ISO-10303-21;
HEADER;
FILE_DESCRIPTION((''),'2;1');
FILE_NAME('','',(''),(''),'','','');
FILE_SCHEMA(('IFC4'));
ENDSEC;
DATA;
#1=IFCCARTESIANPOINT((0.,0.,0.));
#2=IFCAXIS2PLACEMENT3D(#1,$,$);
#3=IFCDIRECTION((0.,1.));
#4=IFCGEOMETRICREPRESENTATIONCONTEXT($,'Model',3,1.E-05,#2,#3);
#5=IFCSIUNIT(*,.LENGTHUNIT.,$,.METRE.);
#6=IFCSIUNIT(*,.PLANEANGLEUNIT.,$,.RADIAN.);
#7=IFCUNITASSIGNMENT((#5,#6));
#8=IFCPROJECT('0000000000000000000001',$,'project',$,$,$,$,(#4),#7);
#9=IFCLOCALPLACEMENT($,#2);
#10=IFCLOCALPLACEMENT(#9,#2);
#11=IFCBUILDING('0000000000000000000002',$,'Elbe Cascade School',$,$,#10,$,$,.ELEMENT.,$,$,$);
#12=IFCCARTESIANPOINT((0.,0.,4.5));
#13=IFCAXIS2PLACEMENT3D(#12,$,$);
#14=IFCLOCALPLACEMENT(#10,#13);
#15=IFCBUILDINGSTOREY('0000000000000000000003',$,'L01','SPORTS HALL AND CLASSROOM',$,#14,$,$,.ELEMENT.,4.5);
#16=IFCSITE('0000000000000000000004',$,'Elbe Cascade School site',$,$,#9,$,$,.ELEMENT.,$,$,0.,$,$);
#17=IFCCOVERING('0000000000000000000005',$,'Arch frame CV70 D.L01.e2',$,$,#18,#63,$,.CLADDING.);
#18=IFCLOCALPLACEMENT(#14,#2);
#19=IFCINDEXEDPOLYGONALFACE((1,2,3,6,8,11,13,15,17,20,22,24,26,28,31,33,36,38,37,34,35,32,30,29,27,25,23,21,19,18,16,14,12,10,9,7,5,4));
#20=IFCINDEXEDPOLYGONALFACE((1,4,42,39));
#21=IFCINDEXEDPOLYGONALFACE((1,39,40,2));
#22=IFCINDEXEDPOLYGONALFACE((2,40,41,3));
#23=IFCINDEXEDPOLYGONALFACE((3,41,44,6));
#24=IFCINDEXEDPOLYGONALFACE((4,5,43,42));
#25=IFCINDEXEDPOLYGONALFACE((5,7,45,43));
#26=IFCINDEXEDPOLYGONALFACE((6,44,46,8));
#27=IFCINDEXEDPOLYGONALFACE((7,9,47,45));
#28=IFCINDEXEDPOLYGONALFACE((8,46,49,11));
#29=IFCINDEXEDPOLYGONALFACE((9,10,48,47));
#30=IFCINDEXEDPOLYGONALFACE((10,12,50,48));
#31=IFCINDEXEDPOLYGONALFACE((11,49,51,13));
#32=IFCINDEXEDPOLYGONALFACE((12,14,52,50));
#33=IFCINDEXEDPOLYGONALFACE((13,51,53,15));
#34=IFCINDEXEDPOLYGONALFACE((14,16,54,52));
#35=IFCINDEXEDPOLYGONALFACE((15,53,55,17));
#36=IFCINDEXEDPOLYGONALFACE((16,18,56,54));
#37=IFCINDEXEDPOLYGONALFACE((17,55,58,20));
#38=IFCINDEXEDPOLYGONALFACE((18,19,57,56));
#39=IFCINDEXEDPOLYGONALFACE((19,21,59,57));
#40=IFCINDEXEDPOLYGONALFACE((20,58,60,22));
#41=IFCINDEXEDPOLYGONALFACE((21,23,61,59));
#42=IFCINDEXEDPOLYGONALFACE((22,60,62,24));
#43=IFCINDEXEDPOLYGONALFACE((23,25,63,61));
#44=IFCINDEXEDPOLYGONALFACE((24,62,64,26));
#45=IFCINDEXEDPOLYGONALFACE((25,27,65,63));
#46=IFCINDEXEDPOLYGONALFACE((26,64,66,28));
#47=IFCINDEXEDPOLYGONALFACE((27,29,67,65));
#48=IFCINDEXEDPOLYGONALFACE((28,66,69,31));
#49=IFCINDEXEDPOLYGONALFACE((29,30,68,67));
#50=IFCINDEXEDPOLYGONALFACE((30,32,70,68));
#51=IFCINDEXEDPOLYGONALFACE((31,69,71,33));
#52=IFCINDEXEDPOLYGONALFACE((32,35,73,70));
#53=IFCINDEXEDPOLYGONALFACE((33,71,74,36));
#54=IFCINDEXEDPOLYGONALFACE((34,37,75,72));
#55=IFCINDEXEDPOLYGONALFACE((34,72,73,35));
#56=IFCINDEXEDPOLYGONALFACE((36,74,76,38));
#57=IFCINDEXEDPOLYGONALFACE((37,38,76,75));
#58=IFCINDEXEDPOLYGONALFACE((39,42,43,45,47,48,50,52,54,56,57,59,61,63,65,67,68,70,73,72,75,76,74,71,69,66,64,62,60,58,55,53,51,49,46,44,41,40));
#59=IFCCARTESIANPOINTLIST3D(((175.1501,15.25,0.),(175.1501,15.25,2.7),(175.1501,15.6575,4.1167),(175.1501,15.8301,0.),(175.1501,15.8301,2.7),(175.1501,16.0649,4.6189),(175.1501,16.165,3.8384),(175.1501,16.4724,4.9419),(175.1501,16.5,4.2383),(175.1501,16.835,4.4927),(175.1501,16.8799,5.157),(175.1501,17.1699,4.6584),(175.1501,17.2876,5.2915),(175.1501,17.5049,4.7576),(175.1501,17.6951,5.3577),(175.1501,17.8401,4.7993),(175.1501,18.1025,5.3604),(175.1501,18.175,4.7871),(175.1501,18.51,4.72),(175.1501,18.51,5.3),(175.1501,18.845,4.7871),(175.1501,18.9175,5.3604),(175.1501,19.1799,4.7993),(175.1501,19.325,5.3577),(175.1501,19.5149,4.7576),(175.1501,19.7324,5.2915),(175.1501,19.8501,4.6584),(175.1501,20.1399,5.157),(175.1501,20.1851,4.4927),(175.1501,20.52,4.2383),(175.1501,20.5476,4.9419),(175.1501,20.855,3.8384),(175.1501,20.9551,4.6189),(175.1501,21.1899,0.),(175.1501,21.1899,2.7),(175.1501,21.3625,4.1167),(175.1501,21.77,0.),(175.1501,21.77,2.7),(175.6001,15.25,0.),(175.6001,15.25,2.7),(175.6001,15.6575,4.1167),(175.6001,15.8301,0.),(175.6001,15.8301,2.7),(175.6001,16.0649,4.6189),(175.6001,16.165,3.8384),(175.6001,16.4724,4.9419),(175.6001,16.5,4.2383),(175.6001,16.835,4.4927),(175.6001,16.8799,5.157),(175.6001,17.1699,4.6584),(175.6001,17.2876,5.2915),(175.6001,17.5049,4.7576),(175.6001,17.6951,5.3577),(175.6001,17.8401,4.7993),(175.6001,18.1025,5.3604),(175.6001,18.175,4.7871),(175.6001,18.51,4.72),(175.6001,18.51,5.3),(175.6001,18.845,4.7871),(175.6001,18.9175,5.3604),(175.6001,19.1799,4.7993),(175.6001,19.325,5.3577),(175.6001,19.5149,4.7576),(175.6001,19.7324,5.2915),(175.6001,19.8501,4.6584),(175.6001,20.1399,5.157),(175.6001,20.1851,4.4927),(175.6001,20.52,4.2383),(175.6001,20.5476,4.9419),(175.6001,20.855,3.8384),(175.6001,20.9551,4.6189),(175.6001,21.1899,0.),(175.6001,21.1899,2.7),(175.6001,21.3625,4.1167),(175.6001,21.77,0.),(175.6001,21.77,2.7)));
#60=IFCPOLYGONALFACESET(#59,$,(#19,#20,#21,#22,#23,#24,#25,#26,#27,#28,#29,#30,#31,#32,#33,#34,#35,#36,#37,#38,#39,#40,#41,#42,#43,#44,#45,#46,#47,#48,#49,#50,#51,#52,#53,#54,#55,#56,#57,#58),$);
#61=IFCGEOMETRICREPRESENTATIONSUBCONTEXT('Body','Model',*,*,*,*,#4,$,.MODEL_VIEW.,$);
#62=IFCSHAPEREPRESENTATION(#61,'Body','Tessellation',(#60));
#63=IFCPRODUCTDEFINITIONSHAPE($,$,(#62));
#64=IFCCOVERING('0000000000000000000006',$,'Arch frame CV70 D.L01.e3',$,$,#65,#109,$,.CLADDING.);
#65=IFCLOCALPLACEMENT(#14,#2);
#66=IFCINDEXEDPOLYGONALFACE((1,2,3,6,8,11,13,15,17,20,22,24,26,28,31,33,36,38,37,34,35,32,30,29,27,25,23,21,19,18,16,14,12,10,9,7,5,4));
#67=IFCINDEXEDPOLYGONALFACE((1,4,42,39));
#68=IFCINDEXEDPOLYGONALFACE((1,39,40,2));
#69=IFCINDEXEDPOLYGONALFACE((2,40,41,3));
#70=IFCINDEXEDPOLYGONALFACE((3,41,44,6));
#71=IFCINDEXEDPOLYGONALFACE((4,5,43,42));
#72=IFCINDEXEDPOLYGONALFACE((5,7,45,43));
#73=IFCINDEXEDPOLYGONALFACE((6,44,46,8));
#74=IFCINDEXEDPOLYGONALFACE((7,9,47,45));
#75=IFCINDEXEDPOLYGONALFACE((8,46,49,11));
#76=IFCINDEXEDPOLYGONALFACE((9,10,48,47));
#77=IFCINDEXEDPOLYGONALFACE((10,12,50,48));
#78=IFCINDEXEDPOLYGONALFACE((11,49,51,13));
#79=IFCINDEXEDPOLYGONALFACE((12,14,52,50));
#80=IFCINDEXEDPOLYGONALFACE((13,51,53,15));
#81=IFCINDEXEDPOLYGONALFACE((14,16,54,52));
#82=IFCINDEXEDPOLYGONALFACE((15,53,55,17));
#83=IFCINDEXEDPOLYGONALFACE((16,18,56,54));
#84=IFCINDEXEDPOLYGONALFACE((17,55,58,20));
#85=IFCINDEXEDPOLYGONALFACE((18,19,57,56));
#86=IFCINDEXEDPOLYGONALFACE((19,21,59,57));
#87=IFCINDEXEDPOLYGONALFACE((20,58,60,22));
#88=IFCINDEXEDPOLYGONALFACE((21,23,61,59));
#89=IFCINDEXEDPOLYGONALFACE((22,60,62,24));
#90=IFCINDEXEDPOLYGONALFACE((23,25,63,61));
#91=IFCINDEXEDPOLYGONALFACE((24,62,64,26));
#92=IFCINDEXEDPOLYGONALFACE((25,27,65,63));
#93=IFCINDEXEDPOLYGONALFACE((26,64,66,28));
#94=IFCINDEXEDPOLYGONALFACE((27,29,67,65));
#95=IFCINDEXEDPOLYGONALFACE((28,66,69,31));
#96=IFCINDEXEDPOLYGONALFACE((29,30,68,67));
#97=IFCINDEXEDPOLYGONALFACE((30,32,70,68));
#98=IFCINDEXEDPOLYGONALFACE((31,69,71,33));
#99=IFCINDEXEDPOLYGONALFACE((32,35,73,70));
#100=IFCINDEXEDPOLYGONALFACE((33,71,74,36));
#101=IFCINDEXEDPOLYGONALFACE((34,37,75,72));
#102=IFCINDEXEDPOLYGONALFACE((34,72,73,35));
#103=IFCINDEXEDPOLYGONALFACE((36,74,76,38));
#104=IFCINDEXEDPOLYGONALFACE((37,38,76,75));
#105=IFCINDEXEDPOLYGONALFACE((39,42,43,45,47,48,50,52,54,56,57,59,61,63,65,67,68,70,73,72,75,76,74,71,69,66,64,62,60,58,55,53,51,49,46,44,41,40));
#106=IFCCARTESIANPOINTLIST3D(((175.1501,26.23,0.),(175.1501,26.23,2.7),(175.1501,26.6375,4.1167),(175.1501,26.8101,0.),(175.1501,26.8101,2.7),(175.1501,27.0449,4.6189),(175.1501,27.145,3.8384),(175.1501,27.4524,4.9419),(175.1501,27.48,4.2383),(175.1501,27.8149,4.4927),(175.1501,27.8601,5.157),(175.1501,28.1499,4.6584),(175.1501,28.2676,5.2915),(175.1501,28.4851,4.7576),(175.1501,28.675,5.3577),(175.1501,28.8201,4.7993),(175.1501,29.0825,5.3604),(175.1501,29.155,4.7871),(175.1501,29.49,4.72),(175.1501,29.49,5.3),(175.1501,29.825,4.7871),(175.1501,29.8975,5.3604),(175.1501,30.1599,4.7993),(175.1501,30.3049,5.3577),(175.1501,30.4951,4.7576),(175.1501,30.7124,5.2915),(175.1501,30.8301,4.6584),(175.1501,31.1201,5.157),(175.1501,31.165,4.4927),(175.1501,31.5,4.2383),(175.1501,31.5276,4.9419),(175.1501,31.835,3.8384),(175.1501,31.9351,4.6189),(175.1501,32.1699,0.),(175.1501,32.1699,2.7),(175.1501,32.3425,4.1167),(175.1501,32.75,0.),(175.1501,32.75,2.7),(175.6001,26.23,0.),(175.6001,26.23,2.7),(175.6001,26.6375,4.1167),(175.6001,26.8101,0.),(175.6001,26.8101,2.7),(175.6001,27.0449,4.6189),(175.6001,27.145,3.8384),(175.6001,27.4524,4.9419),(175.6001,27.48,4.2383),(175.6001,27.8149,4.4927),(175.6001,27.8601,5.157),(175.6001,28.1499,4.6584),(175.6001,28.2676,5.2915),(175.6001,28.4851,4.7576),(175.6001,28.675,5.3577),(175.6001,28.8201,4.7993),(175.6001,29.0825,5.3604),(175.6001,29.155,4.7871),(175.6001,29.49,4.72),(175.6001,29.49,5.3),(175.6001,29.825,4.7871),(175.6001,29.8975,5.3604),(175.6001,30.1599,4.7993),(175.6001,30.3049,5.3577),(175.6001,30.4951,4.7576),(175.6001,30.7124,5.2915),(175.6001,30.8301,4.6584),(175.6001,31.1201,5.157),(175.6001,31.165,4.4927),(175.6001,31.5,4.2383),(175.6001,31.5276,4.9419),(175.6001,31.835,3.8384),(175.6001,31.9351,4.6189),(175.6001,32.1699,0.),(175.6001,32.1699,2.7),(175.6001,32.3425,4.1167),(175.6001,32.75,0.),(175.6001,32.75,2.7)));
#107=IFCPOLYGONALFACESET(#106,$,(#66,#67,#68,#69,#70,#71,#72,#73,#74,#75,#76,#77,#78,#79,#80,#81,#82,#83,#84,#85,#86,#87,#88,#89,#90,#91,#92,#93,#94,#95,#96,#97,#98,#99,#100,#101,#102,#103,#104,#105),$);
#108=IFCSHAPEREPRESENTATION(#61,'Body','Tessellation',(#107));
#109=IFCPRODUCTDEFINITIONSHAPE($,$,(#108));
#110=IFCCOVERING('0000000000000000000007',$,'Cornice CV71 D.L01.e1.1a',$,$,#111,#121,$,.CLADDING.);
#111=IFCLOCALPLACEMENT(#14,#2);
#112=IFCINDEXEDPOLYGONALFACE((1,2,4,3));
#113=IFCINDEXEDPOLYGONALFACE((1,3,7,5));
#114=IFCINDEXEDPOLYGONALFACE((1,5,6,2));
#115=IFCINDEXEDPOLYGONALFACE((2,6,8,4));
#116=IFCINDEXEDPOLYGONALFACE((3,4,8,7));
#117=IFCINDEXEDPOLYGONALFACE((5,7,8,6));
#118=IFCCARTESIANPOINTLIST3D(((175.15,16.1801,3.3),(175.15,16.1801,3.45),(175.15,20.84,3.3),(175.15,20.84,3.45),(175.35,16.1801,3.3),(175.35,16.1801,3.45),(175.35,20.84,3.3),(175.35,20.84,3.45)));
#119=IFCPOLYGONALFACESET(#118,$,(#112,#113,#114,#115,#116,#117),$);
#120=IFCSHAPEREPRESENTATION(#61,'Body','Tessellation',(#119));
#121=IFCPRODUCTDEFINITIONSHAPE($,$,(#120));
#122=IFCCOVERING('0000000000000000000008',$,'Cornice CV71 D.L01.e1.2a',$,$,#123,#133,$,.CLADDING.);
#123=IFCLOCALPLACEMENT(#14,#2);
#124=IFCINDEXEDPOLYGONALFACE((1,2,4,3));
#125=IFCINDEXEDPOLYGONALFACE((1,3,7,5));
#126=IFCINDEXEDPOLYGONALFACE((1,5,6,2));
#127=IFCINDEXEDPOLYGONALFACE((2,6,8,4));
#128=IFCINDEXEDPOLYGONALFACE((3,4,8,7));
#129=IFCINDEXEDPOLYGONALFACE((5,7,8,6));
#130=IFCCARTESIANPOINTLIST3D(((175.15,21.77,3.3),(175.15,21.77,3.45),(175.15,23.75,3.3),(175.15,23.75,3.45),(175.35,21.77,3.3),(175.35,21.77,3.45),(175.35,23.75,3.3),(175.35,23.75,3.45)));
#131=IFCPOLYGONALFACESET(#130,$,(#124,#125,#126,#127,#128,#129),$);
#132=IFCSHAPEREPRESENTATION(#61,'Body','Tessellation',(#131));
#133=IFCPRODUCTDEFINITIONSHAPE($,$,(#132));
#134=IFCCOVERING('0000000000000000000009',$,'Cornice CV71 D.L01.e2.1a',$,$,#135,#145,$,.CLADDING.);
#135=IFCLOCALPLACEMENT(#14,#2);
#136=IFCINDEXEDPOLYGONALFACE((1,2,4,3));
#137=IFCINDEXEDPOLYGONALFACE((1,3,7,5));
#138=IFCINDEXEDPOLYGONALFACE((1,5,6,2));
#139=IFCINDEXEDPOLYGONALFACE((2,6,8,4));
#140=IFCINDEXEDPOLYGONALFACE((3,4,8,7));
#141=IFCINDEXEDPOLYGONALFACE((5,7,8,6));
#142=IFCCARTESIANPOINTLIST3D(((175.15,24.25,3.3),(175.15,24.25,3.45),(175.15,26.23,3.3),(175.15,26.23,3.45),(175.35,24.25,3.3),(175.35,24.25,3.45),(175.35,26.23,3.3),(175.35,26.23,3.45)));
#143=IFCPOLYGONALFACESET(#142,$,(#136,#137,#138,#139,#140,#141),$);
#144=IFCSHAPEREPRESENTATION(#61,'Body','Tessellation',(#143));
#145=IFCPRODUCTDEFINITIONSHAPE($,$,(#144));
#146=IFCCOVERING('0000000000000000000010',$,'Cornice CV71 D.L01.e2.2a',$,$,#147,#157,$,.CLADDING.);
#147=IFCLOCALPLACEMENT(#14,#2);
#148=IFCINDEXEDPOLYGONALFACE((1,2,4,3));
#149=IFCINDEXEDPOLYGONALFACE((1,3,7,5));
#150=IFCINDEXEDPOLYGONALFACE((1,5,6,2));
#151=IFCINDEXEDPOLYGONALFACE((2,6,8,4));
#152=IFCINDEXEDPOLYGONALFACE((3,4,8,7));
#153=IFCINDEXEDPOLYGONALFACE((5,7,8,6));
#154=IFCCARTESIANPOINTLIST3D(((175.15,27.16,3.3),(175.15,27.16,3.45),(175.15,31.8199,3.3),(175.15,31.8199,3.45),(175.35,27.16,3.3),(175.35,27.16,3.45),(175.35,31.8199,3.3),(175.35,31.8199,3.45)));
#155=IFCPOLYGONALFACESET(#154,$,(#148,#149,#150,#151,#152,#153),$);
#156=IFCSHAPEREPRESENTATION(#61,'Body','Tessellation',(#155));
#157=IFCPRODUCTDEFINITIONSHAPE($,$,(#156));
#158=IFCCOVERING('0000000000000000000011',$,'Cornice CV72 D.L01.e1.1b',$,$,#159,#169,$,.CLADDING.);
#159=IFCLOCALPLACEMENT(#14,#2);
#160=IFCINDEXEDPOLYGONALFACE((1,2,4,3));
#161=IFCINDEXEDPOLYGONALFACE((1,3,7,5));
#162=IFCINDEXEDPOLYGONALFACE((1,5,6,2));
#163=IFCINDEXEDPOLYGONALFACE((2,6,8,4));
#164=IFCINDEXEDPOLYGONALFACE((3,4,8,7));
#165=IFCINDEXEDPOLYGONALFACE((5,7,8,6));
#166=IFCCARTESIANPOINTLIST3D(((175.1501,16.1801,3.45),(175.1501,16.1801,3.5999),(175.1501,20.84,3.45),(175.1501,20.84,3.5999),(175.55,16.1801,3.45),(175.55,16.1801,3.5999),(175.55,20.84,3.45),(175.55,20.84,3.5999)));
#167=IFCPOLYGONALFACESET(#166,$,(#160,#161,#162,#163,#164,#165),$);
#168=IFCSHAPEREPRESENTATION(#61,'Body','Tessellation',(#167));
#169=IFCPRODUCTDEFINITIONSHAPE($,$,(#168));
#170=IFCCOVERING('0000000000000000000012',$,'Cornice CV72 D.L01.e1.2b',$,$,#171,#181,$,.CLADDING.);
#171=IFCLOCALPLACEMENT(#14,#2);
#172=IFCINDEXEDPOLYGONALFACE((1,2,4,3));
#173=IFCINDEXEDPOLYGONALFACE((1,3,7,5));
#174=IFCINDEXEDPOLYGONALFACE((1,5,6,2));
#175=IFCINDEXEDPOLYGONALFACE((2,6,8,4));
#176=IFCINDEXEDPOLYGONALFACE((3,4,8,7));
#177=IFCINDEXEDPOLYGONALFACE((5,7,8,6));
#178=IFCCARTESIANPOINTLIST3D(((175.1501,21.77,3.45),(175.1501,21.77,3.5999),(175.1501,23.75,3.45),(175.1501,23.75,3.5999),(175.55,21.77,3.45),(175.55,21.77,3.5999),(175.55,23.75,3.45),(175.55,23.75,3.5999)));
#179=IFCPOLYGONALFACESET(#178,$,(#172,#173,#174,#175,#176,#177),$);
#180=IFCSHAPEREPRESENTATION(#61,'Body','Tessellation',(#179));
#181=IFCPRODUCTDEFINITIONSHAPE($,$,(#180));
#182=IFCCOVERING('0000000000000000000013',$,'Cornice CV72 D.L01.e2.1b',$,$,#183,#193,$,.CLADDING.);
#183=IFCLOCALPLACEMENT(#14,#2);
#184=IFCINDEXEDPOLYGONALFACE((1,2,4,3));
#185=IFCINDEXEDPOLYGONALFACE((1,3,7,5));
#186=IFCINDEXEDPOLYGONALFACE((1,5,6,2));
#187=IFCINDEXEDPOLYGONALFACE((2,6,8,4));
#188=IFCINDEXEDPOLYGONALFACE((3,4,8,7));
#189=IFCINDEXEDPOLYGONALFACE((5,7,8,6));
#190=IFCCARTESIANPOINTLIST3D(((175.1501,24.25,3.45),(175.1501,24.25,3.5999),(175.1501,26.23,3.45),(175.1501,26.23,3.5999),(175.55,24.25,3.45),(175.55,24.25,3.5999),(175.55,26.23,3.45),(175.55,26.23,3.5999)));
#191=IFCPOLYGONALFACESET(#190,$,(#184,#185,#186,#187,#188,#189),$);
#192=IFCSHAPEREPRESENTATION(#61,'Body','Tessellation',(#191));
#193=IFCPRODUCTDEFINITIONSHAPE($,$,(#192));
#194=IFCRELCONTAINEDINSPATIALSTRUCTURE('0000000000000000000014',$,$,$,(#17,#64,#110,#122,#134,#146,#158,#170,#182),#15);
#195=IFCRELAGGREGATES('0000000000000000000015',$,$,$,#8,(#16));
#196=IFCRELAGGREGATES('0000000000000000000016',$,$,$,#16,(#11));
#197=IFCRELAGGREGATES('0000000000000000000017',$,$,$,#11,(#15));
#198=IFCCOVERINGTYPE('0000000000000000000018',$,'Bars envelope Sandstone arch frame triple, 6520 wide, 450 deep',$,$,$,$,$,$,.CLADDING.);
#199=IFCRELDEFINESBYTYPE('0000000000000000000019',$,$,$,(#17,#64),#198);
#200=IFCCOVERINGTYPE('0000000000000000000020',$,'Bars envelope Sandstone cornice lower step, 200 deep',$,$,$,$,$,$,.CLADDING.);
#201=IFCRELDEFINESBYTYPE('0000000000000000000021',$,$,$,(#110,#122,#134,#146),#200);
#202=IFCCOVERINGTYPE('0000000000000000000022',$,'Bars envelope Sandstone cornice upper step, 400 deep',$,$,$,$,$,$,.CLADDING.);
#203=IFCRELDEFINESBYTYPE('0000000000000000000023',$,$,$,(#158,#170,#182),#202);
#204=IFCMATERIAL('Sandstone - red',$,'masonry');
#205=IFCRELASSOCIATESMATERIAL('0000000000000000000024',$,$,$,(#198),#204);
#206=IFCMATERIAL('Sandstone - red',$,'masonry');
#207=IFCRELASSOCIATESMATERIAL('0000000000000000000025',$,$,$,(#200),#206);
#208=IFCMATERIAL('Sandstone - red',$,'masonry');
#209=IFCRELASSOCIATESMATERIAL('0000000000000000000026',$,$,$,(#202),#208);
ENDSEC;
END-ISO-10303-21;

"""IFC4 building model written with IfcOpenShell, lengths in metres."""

from ifc_helpers import new_model, si_unit, direction, frame, origin, origin_2d, place, context, subcontext, project, spatial, polyline, rectangle, outline, extrude, material, type_object, element, save


model = new_model("IFC4")

# Units and contexts
model_context = context("Model", 3, precision=1e-05, world=origin(), true_north=direction((0.0, 1.0)))
body_context = subcontext(model_context, "Body", "Model", "MODEL_VIEW")
ifc_project = project(units=[si_unit("LENGTHUNIT", "METRE"), si_unit("PLANEANGLEUNIT", "RADIAN")], contexts=[model_context])

# Site, building, storey
site_placement = place(None, origin())
site = spatial("IfcSite", under=ifc_project, at=site_placement, Name="Elbe Cascade School site", CompositionType="ELEMENT", RefElevation=0.0)
building_placement = place(site_placement, origin())
building = spatial("IfcBuilding", under=site, at=building_placement, Name="Elbe Cascade School", CompositionType="ELEMENT")
storey_placement = place(building_placement, frame((0.0, 0.0, 4.5)))
storey = spatial("IfcBuildingStorey", under=building, at=storey_placement, Name="L01", Description="SPORTS HALL AND CLASSROOM", CompositionType="ELEMENT", Elevation=4.5)

# Coverings
ifc_material_1 = material(Name="Sandstone - red", Category="masonry")
covering_type_1 = type_object("IfcCoveringType", Name="Bars envelope Sandstone arch frame triple, 6520 wide, 450 deep", PredefinedType="CLADDING", material=ifc_material_1)
covering_1_placement = place(storey_placement, frame((175.6001, 15.8301, 0.0), z_axis=(1.0, 0.0, 0.0), x_axis=(0.0, 0.0, 1.0)))
element("IfcCovering", 1, at=covering_1_placement, inside=storey, type_object=covering_type_1, Name="Arch frame CV70 D.L01.e2", PredefinedType="CLADDING", context=body_context, shape_type="SweptSolid", body=[
    extrude(outline(polyline([(0.0, 0.0), (2.7, 0.0), (3.8384, -0.335), (4.2383, -0.6699), (4.4927, -1.0049), (4.6584, -1.3398), (4.7576, -1.6748), (4.7993, -2.01), (4.7871, -2.345), (4.72, -2.6799), (4.7871, -3.0149), (4.7993, -3.3499), (4.7576, -3.6848), (4.6584, -4.02), (4.4927, -4.355), (4.2383, -4.6899), (3.8384, -5.0249), (2.7, -5.3599), (0.0, -5.3599), (0.0, -5.9399), (2.7, -5.9399), (4.1167, -5.5325), (4.6189, -5.125), (4.9419, -4.7175), (5.157, -4.3098), (5.2915, -3.9023), (5.3577, -3.4949), (5.3604, -3.0874), (5.3, -2.6799), (5.3604, -2.2725), (5.3577, -1.865), (5.2915, -1.4575), (5.157, -1.0498), (4.9419, -0.6423), (4.6189, -0.2349), (4.1167, 0.1726), (2.7, 0.5801), (0.0, 0.5801), (0.0, 0.0)])), origin(), (0.0, 0.0, -1.0), 0.45),
])
covering_2_placement = place(storey_placement, frame((175.6001, 26.8101, 0.0), z_axis=(1.0, 0.0, 0.0), x_axis=(0.0, 0.0, 1.0)))
element("IfcCovering", 2, at=covering_2_placement, inside=storey, type_object=covering_type_1, Name="Arch frame CV70 D.L01.e3", PredefinedType="CLADDING", context=body_context, shape_type="SweptSolid", body=[
    extrude(outline(polyline([(0.0, 0.0), (2.7, 0.0), (3.8384, -0.335), (4.2383, -0.6699), (4.4927, -1.0049), (4.6584, -1.3398), (4.7576, -1.675), (4.7993, -2.01), (4.7871, -2.345), (4.72, -2.6799), (4.7871, -3.0149), (4.7993, -3.3499), (4.7576, -3.6851), (4.6584, -4.02), (4.4927, -4.355), (4.2383, -4.6899), (3.8384, -5.0249), (2.7, -5.3599), (0.0, -5.3599), (0.0, -5.9399), (2.7, -5.9399), (4.1167, -5.5325), (4.6189, -5.125), (4.9419, -4.7175), (5.157, -4.3101), (5.2915, -3.9023), (5.3577, -3.4949), (5.3604, -3.0874), (5.3, -2.6799), (5.3604, -2.2725), (5.3577, -1.865), (5.2915, -1.4575), (5.157, -1.05), (4.9419, -0.6423), (4.6189, -0.2349), (4.1167, 0.1726), (2.7, 0.5801), (0.0, 0.5801), (0.0, 0.0)])), origin(), (0.0, 0.0, -1.0), 0.45),
])
ifc_material_2 = material(Name="Sandstone - red", Category="masonry")
covering_type_2 = type_object("IfcCoveringType", Name="Bars envelope Sandstone cornice lower step, 200 deep", PredefinedType="CLADDING", material=ifc_material_2)
covering_3_placement = place(storey_placement, frame((175.25, 18.51, 3.3), z_axis=(0.0, 0.0, 1.0), x_axis=(0.0, 1.0, 0.0)))
element("IfcCovering", 3, at=covering_3_placement, inside=storey, type_object=covering_type_2, Name="Cornice CV71 D.L01.e1.1a", PredefinedType="CLADDING", context=body_context, shape_type="SweptSolid", body=[
    extrude(rectangle(XDim=4.6599, YDim=0.2, at=origin_2d()), origin(), (0.0, 0.0, 1.0), 0.1499),
])
for number, where, z_axis, x_axis, name in (
    (4, (175.25, 22.76, 3.3), (0.0, 0.0, 1.0), (0.0, 1.0, 0.0), "Cornice CV71 D.L01.e1.2a"),
    (5, (175.25, 25.24, 3.3), (0.0, 0.0, 1.0), (0.0, 1.0, 0.0), "Cornice CV71 D.L01.e2.1a"),
):
    element("IfcCovering", number, at=place(storey_placement, frame(where, z_axis=z_axis, x_axis=x_axis)), inside=storey, type_object=covering_type_2, Name=name, PredefinedType="CLADDING", context=body_context, shape_type="SweptSolid", body=[
        extrude(rectangle(XDim=1.98, YDim=0.2, at=origin_2d()), origin(), (0.0, 0.0, 1.0), 0.1499),
    ])
covering_4_placement = place(storey_placement, frame((175.25, 29.49, 3.3), z_axis=(0.0, 0.0, 1.0), x_axis=(0.0, 1.0, 0.0)))
element("IfcCovering", 6, at=covering_4_placement, inside=storey, type_object=covering_type_2, Name="Cornice CV71 D.L01.e2.2a", PredefinedType="CLADDING", context=body_context, shape_type="SweptSolid", body=[
    extrude(rectangle(XDim=4.6599, YDim=0.2, at=origin_2d()), origin(), (0.0, 0.0, 1.0), 0.1499),
])
ifc_material_3 = material(Name="Sandstone - red", Category="masonry")
covering_type_3 = type_object("IfcCoveringType", Name="Bars envelope Sandstone cornice upper step, 400 deep", PredefinedType="CLADDING", material=ifc_material_3)
covering_5_placement = place(storey_placement, frame((175.3501, 18.51, 3.45), z_axis=(0.0, 0.0, 1.0), x_axis=(0.0, 1.0, 0.0)))
element("IfcCovering", 7, at=covering_5_placement, inside=storey, type_object=covering_type_3, Name="Cornice CV72 D.L01.e1.1b", PredefinedType="CLADDING", context=body_context, shape_type="SweptSolid", body=[
    extrude(rectangle(XDim=4.6599, YDim=0.3999, at=origin_2d()), origin(), (0.0, 0.0, 1.0), 0.1499),
])
for number, where, z_axis, x_axis, name in (
    (8, (175.3501, 22.76, 3.45), (0.0, 0.0, 1.0), (0.0, 1.0, 0.0), "Cornice CV72 D.L01.e1.2b"),
    (9, (175.3501, 25.24, 3.45), (0.0, 0.0, 1.0), (0.0, 1.0, 0.0), "Cornice CV72 D.L01.e2.1b"),
):
    element("IfcCovering", number, at=place(storey_placement, frame(where, z_axis=z_axis, x_axis=x_axis)), inside=storey, type_object=covering_type_3, Name=name, PredefinedType="CLADDING", context=body_context, shape_type="SweptSolid", body=[
        extrude(rectangle(XDim=1.98, YDim=0.3999, at=origin_2d()), origin(), (0.0, 0.0, 1.0), 0.1499),
    ])

save(model, "model.ifc")
